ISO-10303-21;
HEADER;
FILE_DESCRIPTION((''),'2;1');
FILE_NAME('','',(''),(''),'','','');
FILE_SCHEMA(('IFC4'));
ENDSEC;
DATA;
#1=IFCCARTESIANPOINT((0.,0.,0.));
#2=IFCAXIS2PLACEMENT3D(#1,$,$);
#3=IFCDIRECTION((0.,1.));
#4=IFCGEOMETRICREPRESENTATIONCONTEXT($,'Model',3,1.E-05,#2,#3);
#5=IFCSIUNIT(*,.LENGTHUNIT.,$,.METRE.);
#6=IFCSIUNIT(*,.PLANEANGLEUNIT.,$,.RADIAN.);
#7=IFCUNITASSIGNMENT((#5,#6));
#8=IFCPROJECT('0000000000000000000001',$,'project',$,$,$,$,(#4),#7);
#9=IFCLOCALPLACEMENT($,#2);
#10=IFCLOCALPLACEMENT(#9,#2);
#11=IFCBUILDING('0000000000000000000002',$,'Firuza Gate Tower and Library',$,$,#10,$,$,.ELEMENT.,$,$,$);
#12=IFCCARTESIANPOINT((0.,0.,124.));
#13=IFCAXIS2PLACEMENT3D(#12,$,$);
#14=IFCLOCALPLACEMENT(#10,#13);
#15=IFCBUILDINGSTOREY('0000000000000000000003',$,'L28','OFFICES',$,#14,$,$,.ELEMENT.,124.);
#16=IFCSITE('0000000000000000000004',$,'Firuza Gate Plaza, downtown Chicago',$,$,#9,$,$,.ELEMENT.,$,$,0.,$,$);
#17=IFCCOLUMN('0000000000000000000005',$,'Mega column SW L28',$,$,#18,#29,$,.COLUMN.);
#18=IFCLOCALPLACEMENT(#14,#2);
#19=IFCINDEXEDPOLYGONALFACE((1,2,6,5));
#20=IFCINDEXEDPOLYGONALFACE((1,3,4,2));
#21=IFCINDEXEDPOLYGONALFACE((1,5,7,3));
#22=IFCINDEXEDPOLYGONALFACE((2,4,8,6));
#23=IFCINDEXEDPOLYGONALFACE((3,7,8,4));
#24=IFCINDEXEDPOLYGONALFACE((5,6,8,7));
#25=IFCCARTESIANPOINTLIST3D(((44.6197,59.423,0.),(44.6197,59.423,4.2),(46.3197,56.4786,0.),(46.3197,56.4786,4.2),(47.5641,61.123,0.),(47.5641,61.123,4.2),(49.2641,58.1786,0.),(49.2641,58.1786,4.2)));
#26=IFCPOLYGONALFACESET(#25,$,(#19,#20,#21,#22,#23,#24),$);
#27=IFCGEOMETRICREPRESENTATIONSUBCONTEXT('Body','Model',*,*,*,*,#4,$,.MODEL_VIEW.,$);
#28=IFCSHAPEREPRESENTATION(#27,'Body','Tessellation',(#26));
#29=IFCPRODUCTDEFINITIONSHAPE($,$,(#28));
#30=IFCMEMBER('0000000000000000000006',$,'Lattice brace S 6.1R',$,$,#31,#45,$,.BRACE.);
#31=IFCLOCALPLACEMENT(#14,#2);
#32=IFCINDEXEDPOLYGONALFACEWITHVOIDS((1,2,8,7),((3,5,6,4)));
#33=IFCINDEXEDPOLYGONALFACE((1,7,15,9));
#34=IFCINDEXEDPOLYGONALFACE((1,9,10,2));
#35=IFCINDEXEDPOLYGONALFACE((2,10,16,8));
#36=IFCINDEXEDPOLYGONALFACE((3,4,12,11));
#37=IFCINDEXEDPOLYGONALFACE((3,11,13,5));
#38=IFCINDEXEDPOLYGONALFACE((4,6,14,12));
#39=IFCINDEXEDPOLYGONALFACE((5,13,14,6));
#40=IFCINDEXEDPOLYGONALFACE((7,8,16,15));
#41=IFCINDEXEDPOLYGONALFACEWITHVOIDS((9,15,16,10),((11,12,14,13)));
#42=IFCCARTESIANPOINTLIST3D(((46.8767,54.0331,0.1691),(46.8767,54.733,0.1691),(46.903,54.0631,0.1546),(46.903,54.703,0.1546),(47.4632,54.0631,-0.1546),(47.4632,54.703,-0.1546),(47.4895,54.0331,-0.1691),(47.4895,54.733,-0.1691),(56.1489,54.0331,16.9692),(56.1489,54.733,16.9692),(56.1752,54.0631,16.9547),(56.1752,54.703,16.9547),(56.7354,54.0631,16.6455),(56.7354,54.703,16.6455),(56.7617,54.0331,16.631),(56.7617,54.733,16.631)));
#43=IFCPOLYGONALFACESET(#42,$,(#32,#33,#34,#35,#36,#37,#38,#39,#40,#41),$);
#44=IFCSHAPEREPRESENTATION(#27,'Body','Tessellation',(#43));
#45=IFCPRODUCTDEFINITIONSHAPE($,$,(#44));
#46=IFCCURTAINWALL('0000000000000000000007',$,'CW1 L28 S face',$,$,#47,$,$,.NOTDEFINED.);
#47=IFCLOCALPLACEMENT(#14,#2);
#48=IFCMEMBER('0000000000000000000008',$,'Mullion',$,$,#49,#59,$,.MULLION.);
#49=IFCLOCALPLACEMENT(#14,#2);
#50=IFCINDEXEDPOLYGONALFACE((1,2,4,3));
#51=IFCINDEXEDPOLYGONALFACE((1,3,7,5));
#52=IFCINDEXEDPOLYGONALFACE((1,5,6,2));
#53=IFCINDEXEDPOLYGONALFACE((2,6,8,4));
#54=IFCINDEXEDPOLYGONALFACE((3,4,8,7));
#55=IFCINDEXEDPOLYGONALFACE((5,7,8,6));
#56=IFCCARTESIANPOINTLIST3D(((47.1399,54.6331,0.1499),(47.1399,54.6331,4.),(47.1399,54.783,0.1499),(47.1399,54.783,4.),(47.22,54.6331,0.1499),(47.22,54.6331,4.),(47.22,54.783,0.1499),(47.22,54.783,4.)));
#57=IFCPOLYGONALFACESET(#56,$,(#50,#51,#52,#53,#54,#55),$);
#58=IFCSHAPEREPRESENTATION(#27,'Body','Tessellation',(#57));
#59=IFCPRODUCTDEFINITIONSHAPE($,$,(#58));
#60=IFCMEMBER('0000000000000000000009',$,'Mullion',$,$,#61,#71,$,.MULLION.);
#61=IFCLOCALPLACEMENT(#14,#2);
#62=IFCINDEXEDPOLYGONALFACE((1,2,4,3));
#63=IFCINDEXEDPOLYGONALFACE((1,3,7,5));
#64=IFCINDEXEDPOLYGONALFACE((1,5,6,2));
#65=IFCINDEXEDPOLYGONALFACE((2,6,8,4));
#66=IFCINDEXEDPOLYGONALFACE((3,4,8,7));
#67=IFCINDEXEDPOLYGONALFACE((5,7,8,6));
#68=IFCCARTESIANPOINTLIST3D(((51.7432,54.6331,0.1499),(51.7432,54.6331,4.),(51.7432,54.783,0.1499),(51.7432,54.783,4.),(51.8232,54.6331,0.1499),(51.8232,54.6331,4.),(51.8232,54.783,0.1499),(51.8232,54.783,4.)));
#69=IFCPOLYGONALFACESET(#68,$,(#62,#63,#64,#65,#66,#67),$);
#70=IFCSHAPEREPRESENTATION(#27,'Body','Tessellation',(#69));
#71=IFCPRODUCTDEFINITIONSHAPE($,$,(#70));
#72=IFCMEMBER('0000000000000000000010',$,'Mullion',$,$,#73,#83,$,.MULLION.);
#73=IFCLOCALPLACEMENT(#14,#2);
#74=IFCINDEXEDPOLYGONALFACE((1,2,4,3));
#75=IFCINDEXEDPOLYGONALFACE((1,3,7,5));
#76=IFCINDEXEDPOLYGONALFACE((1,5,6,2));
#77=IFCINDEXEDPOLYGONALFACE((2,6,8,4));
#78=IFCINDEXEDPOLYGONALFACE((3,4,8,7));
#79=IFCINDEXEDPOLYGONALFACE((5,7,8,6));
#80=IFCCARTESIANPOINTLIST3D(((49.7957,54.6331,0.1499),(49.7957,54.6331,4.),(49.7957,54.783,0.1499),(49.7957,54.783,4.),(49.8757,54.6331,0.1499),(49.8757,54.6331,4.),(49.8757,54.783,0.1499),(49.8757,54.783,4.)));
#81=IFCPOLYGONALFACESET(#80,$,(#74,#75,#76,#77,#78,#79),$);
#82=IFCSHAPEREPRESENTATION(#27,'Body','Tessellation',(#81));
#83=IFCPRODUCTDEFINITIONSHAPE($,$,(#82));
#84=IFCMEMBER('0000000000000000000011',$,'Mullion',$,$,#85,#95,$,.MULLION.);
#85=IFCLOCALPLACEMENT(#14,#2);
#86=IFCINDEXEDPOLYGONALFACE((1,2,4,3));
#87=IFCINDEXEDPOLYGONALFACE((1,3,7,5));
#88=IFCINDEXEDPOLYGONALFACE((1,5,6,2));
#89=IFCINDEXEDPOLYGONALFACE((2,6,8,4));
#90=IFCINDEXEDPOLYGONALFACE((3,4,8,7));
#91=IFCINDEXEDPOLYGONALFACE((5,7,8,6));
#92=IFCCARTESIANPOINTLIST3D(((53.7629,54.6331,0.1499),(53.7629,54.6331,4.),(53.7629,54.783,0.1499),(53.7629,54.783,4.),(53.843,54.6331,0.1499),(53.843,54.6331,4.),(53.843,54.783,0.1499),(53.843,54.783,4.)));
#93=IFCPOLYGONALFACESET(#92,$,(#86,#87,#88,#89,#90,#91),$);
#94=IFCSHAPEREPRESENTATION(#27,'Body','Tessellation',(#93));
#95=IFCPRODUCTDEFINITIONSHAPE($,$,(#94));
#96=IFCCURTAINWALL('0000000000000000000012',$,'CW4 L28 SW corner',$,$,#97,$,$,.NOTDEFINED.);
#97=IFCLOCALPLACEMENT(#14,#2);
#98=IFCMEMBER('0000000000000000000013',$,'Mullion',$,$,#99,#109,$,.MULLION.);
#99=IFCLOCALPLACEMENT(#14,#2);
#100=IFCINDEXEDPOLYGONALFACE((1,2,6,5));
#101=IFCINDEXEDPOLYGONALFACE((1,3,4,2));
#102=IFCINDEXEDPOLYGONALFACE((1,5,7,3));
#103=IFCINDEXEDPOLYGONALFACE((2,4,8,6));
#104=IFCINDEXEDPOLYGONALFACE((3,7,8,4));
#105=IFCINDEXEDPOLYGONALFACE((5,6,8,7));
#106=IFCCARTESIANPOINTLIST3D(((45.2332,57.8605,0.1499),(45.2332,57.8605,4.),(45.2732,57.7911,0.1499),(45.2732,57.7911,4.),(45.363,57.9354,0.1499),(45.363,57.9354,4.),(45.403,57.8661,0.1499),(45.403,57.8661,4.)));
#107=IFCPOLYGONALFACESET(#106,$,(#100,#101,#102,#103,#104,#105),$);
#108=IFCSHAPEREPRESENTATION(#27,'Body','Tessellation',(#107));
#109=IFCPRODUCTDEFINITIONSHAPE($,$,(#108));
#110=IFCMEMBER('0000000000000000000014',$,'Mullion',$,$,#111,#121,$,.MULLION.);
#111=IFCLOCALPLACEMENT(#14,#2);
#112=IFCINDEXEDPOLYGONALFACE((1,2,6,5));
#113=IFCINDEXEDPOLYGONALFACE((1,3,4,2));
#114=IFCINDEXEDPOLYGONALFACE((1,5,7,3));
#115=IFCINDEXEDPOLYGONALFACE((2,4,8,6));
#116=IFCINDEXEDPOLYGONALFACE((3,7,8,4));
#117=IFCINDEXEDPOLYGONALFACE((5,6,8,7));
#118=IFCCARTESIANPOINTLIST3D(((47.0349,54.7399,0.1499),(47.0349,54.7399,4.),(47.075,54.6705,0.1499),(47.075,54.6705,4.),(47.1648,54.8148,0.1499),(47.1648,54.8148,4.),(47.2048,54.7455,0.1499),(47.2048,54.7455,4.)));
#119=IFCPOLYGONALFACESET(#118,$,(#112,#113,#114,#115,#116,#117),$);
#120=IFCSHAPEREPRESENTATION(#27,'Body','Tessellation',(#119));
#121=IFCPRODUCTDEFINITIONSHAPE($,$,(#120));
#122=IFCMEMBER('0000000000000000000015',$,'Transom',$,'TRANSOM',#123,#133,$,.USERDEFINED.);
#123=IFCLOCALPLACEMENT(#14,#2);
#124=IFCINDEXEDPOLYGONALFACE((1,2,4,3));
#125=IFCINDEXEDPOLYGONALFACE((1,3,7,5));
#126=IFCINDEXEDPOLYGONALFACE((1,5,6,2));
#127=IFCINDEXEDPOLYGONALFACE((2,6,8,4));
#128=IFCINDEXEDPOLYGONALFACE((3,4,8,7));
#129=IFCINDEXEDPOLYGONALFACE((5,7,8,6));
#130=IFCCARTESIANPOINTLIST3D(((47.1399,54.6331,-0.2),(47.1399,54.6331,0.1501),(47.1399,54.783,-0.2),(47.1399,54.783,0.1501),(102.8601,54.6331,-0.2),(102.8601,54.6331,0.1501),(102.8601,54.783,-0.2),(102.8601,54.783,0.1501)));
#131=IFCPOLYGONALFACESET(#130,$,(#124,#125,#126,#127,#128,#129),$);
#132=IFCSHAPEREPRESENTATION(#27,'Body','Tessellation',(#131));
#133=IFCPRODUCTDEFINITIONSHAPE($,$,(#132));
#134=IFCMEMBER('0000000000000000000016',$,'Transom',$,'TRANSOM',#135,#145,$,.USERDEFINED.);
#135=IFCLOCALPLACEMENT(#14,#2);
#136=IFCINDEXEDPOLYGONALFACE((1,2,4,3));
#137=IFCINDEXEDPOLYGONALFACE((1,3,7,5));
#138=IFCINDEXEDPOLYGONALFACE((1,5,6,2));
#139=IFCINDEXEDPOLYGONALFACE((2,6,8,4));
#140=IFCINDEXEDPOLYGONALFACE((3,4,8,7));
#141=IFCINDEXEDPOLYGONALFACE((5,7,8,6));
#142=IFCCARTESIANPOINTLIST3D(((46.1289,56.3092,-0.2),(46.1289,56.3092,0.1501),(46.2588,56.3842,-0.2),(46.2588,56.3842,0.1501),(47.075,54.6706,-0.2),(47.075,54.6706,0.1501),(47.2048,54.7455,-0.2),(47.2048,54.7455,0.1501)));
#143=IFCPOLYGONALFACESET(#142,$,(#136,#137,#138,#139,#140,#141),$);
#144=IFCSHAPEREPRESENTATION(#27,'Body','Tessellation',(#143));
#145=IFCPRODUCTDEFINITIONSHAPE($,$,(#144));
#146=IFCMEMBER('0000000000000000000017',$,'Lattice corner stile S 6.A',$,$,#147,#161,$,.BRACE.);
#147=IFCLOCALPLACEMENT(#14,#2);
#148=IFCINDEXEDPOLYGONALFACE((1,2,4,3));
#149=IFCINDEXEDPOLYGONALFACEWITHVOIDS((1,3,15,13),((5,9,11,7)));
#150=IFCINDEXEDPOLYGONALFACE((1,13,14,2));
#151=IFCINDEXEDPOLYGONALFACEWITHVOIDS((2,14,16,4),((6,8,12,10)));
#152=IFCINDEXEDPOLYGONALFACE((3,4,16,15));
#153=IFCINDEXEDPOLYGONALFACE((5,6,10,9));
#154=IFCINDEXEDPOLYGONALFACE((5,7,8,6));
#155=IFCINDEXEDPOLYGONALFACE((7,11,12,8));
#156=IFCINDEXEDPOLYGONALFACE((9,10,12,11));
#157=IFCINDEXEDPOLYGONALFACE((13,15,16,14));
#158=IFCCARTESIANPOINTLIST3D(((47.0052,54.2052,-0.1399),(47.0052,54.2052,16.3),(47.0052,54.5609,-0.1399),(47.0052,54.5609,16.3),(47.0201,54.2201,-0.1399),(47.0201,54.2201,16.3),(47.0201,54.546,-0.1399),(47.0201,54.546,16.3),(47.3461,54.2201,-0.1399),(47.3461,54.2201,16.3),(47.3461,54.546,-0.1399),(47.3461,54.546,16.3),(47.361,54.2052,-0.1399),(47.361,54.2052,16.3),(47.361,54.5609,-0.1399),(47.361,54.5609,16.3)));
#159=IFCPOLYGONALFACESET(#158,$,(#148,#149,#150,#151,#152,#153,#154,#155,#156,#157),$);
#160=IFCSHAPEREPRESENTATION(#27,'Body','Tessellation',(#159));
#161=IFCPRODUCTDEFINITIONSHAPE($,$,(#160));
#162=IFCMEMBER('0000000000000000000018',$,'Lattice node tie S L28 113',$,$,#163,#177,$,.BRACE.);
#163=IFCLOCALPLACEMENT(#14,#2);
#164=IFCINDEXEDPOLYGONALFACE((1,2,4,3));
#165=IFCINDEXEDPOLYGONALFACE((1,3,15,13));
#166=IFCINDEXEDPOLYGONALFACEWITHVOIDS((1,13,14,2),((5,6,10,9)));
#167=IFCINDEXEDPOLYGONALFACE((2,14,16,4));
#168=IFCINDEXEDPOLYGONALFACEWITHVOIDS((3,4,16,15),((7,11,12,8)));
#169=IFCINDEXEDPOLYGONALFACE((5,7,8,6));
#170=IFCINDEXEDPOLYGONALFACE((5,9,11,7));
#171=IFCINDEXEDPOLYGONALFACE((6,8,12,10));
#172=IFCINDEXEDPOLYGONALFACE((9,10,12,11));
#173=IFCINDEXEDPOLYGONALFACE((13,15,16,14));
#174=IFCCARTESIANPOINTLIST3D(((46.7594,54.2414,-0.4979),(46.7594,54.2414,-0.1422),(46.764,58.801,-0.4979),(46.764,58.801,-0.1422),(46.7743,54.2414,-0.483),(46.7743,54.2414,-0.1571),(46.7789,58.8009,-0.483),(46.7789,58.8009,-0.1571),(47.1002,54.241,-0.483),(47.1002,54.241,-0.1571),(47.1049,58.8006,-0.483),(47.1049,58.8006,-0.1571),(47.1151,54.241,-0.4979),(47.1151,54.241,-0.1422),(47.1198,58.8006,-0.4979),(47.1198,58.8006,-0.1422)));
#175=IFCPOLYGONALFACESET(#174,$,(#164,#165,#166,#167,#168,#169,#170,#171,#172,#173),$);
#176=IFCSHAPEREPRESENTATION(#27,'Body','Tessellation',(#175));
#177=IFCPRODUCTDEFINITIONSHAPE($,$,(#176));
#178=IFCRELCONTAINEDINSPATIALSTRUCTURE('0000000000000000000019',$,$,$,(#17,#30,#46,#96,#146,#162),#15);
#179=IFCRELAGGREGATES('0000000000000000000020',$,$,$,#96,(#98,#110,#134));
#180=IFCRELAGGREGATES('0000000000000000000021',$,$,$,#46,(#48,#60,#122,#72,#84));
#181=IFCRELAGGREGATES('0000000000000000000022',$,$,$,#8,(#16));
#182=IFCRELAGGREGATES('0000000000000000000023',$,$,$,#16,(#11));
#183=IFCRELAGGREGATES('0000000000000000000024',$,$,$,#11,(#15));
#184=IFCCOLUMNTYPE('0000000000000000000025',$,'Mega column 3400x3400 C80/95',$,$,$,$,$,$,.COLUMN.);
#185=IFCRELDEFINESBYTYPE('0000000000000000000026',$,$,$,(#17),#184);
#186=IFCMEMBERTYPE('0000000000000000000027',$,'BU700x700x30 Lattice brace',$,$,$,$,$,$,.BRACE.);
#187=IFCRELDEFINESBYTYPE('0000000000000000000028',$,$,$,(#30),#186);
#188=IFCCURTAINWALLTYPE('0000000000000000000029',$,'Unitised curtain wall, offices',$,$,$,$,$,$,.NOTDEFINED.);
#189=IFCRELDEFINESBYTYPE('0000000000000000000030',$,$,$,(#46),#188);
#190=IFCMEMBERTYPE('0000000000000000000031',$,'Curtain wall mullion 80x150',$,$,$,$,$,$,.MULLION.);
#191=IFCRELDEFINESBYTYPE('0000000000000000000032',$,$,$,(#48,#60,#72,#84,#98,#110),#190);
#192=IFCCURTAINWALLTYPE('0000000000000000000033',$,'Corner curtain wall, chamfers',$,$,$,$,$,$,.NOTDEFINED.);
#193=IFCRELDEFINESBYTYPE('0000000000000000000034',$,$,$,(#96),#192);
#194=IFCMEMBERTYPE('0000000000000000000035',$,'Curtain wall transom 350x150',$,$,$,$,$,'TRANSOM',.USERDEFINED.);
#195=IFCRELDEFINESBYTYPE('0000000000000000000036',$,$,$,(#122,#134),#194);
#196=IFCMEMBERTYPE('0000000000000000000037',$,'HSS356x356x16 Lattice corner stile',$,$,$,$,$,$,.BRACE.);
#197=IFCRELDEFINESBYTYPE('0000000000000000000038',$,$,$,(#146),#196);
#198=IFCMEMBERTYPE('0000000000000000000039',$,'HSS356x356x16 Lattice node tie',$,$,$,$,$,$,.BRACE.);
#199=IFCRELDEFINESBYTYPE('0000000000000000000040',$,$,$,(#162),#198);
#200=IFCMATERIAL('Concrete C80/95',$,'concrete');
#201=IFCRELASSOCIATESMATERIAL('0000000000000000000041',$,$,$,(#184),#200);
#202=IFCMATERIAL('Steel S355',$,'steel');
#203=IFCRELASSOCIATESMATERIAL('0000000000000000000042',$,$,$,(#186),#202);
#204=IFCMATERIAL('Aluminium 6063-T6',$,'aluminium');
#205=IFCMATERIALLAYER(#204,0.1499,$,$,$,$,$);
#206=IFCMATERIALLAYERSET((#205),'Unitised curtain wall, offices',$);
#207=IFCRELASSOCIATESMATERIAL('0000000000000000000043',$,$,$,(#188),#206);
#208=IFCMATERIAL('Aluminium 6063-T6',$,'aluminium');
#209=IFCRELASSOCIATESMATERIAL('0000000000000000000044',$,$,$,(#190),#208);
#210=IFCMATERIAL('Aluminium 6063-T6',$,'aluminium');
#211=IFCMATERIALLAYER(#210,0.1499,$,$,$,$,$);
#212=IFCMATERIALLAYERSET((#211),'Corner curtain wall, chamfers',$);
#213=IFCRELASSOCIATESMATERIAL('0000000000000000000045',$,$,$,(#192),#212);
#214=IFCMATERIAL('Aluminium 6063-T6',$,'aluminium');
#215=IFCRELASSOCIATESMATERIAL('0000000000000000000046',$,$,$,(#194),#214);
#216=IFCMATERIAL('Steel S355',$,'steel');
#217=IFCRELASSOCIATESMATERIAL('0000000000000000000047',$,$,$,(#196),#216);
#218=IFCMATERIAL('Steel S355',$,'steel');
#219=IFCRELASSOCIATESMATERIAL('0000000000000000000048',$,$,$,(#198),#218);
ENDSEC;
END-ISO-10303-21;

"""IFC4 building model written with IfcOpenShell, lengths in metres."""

from ifc_helpers import new_model, si_unit, direction, frame, origin, origin_2d, place, context, subcontext, project, spatial, rectangle, hollow_rectangle, extrude, material, layer, layer_set, material_profile, profile_set, type_object, element, aggregate, save


model = new_model("IFC4")

# Units and contexts
model_context = context("Model", 3, precision=1e-05, world=origin(), true_north=direction((0.0, 1.0)))
body_context = subcontext(model_context, "Body", "Model", "MODEL_VIEW")
ifc_project = project(units=[si_unit("LENGTHUNIT", "METRE"), si_unit("PLANEANGLEUNIT", "RADIAN")], contexts=[model_context])

# Site, building, storey
site_placement = place(None, origin())
site = spatial("IfcSite", under=ifc_project, at=site_placement, Name="Firuza Gate Plaza, downtown Chicago", CompositionType="ELEMENT", RefElevation=0.0)
building_placement = place(site_placement, origin())
building = spatial("IfcBuilding", under=site, at=building_placement, Name="Firuza Gate Tower and Library", CompositionType="ELEMENT")
storey_placement = place(building_placement, frame((0.0, 0.0, 124.0)))
storey = spatial("IfcBuildingStorey", under=building, at=storey_placement, Name="L28", Description="OFFICES", CompositionType="ELEMENT", Elevation=124.0)

# Column
ifc_material_1 = material(Name="Concrete C80/95", Category="concrete")
ifc_material_profile_1 = material_profile(ifc_material_1, rectangle(XDim=3.3999, YDim=3.3999, at=origin_2d()))
ifc_profile_set_1 = profile_set([ifc_material_profile_1], Name="Concrete C80/95")
column_type = type_object("IfcColumnType", Name="Mega column 3400x3400 C80/95", PredefinedType="COLUMN", material=ifc_profile_set_1)
column_placement = place(storey_placement, frame((46.9419, 58.8008, 0.0), z_axis=(0.0, 0.0, 1.0), x_axis=(0.5, -0.866025, 0.0)))
element("IfcColumn", 1, at=column_placement, inside=storey, type_object=column_type, Name="Mega column SW L28", PredefinedType="COLUMN", context=body_context, shape_type="SweptSolid", body=[
    extrude(rectangle(XDim=3.3999, YDim=3.3999, at=origin_2d()), origin(), (0.0, 0.0, 1.0), 4.2),
])

# Member
ifc_material_2 = material(Name="Steel S355", Category="steel")
ifc_material_profile_2 = material_profile(ifc_material_2, hollow_rectangle(XDim=0.7, YDim=0.7, WallThickness=0.03, at=origin_2d()))
ifc_profile_set_2 = profile_set([ifc_material_profile_2], Name="Steel S355")
member_type_1 = type_object("IfcMemberType", Name="BU700x700x30 Lattice brace", PredefinedType="BRACE", material=ifc_profile_set_2)
member_1_placement = place(storey_placement, frame((47.1831, 54.3831, 0.0), z_axis=(0.483206, 0.0, 0.875507), x_axis=(0.0, 1.0, 0.0)))
element("IfcMember", 2, at=member_1_placement, inside=storey, type_object=member_type_1, Name="Lattice brace S 6.1R", PredefinedType="BRACE", context=body_context, shape_type="SweptSolid", body=[
    extrude(hollow_rectangle(XDim=0.7, YDim=0.7, WallThickness=0.03, at=origin_2d()), origin(), (0.0, 0.0, 1.0), 19.189),
])

# Curtain walls, members
ifc_material_3 = material(Name="Aluminium 6063-T6", Category="aluminium")
ifc_layer_1 = layer(ifc_material_3, 0.1499)
ifc_layer_set_1 = layer_set([ifc_layer_1], Name="Unitised curtain wall, offices")
curtain_wall_type_1 = type_object("IfcCurtainWallType", Name="Unitised curtain wall, offices", PredefinedType="NOTDEFINED", material=ifc_layer_set_1)
placement_1 = place(storey_placement, origin())
curtain_wall_1 = element("IfcCurtainWall", 3, at=placement_1, inside=storey, type_object=curtain_wall_type_1, Name="CW1 L28 S face", PredefinedType="NOTDEFINED")
ifc_material_4 = material(Name="Aluminium 6063-T6", Category="aluminium")
ifc_material_profile_3 = material_profile(ifc_material_4, rectangle(XDim=0.1499, YDim=0.0801, at=origin_2d()))
ifc_profile_set_3 = profile_set([ifc_material_profile_3], Name="Aluminium 6063-T6")
member_type_2 = type_object("IfcMemberType", Name="Curtain wall mullion 80x150", PredefinedType="MULLION", material=ifc_profile_set_3)
member_2_placement = place(storey_placement, frame((47.1799, 54.708, 0.1499), z_axis=(0.0, 0.0, 1.0), x_axis=(0.0, 1.0, 0.0)))
member_2 = element("IfcMember", 4, at=member_2_placement, type_object=member_type_2, Name="Mullion", PredefinedType="MULLION", context=body_context, shape_type="SweptSolid", body=[
    extrude(rectangle(XDim=0.1499, YDim=0.0801, at=origin_2d()), origin(), (0.0, 0.0, 1.0), 3.8501),
])
member_3_placement = place(storey_placement, frame((51.7832, 54.708, 0.1499), z_axis=(0.0, 0.0, 1.0), x_axis=(0.0, 1.0, 0.0)))
member_3 = element("IfcMember", 5, at=member_3_placement, type_object=member_type_2, Name="Mullion", PredefinedType="MULLION", context=body_context, shape_type="SweptSolid", body=[
    extrude(rectangle(XDim=0.1499, YDim=0.0801, at=origin_2d()), origin(), (0.0, 0.0, 1.0), 3.8501),
])
member_4_placement = place(storey_placement, frame((49.8357, 54.708, 0.1499), z_axis=(0.0, 0.0, 1.0), x_axis=(0.0, 1.0, 0.0)))
member_4 = element("IfcMember", 6, at=member_4_placement, type_object=member_type_2, Name="Mullion", PredefinedType="MULLION", context=body_context, shape_type="SweptSolid", body=[
    extrude(rectangle(XDim=0.1499, YDim=0.0801, at=origin_2d()), origin(), (0.0, 0.0, 1.0), 3.8501),
])
member_5_placement = place(storey_placement, frame((53.803, 54.708, 0.1499), z_axis=(0.0, 0.0, 1.0), x_axis=(0.0, 1.0, 0.0)))
member_5 = element("IfcMember", 7, at=member_5_placement, type_object=member_type_2, Name="Mullion", PredefinedType="MULLION", context=body_context, shape_type="SweptSolid", body=[
    extrude(rectangle(XDim=0.1499, YDim=0.0801, at=origin_2d()), origin(), (0.0, 0.0, 1.0), 3.8501),
])
ifc_material_5 = material(Name="Aluminium 6063-T6", Category="aluminium")
ifc_layer_2 = layer(ifc_material_5, 0.1499)
ifc_layer_set_2 = layer_set([ifc_layer_2], Name="Corner curtain wall, chamfers")
curtain_wall_type_2 = type_object("IfcCurtainWallType", Name="Corner curtain wall, chamfers", PredefinedType="NOTDEFINED", material=ifc_layer_set_2)
curtain_wall_2 = element("IfcCurtainWall", 8, at=placement_1, inside=storey, type_object=curtain_wall_type_2, Name="CW4 L28 SW corner", PredefinedType="NOTDEFINED")
member_6_placement = place(storey_placement, frame((45.3181, 57.8633, 0.1499), z_axis=(0.0, 0.0, 1.0), x_axis=(0.866025, 0.5, 0.0)))
member_6 = element("IfcMember", 9, at=member_6_placement, type_object=member_type_2, Name="Mullion", PredefinedType="MULLION", context=body_context, shape_type="SweptSolid", body=[
    extrude(rectangle(XDim=0.1499, YDim=0.0801, at=origin_2d()), origin(), (0.0, 0.0, 1.0), 3.8501),
])
member_7_placement = place(storey_placement, frame((47.1199, 54.7427, 0.1499), z_axis=(0.0, 0.0, 1.0), x_axis=(0.866025, 0.5, 0.0)))
member_7 = element("IfcMember", 10, at=member_7_placement, type_object=member_type_2, Name="Mullion", PredefinedType="MULLION", context=body_context, shape_type="SweptSolid", body=[
    extrude(rectangle(XDim=0.1499, YDim=0.0801, at=origin_2d()), origin(), (0.0, 0.0, 1.0), 3.8501),
])

# Members
ifc_material_6 = material(Name="Aluminium 6063-T6", Category="aluminium")
ifc_material_profile_4 = material_profile(ifc_material_6, rectangle(XDim=0.1499, YDim=0.3501, at=origin_2d()))
ifc_profile_set_4 = profile_set([ifc_material_profile_4], Name="Aluminium 6063-T6")
member_type_3 = type_object("IfcMemberType", Name="Curtain wall transom 350x150", ElementType="TRANSOM", PredefinedType="USERDEFINED", material=ifc_profile_set_4)
member_8_placement = place(storey_placement, frame((47.1399, 54.708, -0.0249), z_axis=(1.0, 0.0, 0.0), x_axis=(0.0, 1.0, 0.0)))
member_8 = element("IfcMember", 11, at=member_8_placement, type_object=member_type_3, Name="Transom", ObjectType="TRANSOM", PredefinedType="USERDEFINED", context=body_context, shape_type="SweptSolid", body=[
    extrude(rectangle(XDim=0.1499, YDim=0.3501, at=origin_2d()), origin(), (0.0, 0.0, 1.0), 55.7202),
])
member_9_placement = place(storey_placement, frame((46.1938, 56.3467, -0.0249), z_axis=(0.499983, -0.866035, 0.0), x_axis=(0.866035, 0.499983, 0.0)))
member_9 = element("IfcMember", 12, at=member_9_placement, type_object=member_type_3, Name="Transom", ObjectType="TRANSOM", PredefinedType="USERDEFINED", context=body_context, shape_type="SweptSolid", body=[
    extrude(rectangle(XDim=0.1499, YDim=0.3501, at=origin_2d()), origin(), (0.0, 0.0, 1.0), 1.8921),
])

# Members
ifc_material_7 = material(Name="Steel S355", Category="steel")
ifc_material_profile_5 = material_profile(ifc_material_7, hollow_rectangle(XDim=0.3557, YDim=0.3557, WallThickness=0.0149, at=origin_2d()))
ifc_profile_set_5 = profile_set([ifc_material_profile_5], Name="Steel S355")
member_type_4 = type_object("IfcMemberType", Name="HSS356x356x16 Lattice corner stile", PredefinedType="BRACE", material=ifc_profile_set_5)
member_10_placement = place(storey_placement, frame((47.1831, 54.3831, -0.1399), z_axis=(0.0, 0.0, 1.0), x_axis=(1.0, 0.0, 0.0)))
element("IfcMember", 13, at=member_10_placement, inside=storey, type_object=member_type_4, Name="Lattice corner stile S 6.A", PredefinedType="BRACE", context=body_context, shape_type="SweptSolid", body=[
    extrude(hollow_rectangle(XDim=0.3557, YDim=0.3557, WallThickness=0.0149, at=origin_2d()), origin(), (0.0, 0.0, 1.0), 16.4399),
])
ifc_material_8 = material(Name="Steel S355", Category="steel")
ifc_material_profile_6 = material_profile(ifc_material_8, hollow_rectangle(XDim=0.3557, YDim=0.3557, WallThickness=0.0149, at=origin_2d()))
ifc_profile_set_6 = profile_set([ifc_material_profile_6], Name="Steel S355")
member_type_5 = type_object("IfcMemberType", Name="HSS356x356x16 Lattice node tie", PredefinedType="BRACE", material=ifc_profile_set_6)
member_11_placement = place(storey_placement, frame((46.9419, 58.8008, -0.3201), z_axis=(-0.001017, -0.999999, 0.0), x_axis=(0.999999, -0.001017, 0.0)))
element("IfcMember", 14, at=member_11_placement, inside=storey, type_object=member_type_5, Name="Lattice node tie S L28 113", PredefinedType="BRACE", context=body_context, shape_type="SweptSolid", body=[
    extrude(hollow_rectangle(XDim=0.3557, YDim=0.3557, WallThickness=0.0149, at=origin_2d()), origin(), (0.0, 0.0, 1.0), 4.5596),
])

aggregate(curtain_wall_2, [member_6, member_7, member_9])
aggregate(curtain_wall_1, [member_2, member_3, member_8, member_4, member_5])

save(model, "model.ifc")
